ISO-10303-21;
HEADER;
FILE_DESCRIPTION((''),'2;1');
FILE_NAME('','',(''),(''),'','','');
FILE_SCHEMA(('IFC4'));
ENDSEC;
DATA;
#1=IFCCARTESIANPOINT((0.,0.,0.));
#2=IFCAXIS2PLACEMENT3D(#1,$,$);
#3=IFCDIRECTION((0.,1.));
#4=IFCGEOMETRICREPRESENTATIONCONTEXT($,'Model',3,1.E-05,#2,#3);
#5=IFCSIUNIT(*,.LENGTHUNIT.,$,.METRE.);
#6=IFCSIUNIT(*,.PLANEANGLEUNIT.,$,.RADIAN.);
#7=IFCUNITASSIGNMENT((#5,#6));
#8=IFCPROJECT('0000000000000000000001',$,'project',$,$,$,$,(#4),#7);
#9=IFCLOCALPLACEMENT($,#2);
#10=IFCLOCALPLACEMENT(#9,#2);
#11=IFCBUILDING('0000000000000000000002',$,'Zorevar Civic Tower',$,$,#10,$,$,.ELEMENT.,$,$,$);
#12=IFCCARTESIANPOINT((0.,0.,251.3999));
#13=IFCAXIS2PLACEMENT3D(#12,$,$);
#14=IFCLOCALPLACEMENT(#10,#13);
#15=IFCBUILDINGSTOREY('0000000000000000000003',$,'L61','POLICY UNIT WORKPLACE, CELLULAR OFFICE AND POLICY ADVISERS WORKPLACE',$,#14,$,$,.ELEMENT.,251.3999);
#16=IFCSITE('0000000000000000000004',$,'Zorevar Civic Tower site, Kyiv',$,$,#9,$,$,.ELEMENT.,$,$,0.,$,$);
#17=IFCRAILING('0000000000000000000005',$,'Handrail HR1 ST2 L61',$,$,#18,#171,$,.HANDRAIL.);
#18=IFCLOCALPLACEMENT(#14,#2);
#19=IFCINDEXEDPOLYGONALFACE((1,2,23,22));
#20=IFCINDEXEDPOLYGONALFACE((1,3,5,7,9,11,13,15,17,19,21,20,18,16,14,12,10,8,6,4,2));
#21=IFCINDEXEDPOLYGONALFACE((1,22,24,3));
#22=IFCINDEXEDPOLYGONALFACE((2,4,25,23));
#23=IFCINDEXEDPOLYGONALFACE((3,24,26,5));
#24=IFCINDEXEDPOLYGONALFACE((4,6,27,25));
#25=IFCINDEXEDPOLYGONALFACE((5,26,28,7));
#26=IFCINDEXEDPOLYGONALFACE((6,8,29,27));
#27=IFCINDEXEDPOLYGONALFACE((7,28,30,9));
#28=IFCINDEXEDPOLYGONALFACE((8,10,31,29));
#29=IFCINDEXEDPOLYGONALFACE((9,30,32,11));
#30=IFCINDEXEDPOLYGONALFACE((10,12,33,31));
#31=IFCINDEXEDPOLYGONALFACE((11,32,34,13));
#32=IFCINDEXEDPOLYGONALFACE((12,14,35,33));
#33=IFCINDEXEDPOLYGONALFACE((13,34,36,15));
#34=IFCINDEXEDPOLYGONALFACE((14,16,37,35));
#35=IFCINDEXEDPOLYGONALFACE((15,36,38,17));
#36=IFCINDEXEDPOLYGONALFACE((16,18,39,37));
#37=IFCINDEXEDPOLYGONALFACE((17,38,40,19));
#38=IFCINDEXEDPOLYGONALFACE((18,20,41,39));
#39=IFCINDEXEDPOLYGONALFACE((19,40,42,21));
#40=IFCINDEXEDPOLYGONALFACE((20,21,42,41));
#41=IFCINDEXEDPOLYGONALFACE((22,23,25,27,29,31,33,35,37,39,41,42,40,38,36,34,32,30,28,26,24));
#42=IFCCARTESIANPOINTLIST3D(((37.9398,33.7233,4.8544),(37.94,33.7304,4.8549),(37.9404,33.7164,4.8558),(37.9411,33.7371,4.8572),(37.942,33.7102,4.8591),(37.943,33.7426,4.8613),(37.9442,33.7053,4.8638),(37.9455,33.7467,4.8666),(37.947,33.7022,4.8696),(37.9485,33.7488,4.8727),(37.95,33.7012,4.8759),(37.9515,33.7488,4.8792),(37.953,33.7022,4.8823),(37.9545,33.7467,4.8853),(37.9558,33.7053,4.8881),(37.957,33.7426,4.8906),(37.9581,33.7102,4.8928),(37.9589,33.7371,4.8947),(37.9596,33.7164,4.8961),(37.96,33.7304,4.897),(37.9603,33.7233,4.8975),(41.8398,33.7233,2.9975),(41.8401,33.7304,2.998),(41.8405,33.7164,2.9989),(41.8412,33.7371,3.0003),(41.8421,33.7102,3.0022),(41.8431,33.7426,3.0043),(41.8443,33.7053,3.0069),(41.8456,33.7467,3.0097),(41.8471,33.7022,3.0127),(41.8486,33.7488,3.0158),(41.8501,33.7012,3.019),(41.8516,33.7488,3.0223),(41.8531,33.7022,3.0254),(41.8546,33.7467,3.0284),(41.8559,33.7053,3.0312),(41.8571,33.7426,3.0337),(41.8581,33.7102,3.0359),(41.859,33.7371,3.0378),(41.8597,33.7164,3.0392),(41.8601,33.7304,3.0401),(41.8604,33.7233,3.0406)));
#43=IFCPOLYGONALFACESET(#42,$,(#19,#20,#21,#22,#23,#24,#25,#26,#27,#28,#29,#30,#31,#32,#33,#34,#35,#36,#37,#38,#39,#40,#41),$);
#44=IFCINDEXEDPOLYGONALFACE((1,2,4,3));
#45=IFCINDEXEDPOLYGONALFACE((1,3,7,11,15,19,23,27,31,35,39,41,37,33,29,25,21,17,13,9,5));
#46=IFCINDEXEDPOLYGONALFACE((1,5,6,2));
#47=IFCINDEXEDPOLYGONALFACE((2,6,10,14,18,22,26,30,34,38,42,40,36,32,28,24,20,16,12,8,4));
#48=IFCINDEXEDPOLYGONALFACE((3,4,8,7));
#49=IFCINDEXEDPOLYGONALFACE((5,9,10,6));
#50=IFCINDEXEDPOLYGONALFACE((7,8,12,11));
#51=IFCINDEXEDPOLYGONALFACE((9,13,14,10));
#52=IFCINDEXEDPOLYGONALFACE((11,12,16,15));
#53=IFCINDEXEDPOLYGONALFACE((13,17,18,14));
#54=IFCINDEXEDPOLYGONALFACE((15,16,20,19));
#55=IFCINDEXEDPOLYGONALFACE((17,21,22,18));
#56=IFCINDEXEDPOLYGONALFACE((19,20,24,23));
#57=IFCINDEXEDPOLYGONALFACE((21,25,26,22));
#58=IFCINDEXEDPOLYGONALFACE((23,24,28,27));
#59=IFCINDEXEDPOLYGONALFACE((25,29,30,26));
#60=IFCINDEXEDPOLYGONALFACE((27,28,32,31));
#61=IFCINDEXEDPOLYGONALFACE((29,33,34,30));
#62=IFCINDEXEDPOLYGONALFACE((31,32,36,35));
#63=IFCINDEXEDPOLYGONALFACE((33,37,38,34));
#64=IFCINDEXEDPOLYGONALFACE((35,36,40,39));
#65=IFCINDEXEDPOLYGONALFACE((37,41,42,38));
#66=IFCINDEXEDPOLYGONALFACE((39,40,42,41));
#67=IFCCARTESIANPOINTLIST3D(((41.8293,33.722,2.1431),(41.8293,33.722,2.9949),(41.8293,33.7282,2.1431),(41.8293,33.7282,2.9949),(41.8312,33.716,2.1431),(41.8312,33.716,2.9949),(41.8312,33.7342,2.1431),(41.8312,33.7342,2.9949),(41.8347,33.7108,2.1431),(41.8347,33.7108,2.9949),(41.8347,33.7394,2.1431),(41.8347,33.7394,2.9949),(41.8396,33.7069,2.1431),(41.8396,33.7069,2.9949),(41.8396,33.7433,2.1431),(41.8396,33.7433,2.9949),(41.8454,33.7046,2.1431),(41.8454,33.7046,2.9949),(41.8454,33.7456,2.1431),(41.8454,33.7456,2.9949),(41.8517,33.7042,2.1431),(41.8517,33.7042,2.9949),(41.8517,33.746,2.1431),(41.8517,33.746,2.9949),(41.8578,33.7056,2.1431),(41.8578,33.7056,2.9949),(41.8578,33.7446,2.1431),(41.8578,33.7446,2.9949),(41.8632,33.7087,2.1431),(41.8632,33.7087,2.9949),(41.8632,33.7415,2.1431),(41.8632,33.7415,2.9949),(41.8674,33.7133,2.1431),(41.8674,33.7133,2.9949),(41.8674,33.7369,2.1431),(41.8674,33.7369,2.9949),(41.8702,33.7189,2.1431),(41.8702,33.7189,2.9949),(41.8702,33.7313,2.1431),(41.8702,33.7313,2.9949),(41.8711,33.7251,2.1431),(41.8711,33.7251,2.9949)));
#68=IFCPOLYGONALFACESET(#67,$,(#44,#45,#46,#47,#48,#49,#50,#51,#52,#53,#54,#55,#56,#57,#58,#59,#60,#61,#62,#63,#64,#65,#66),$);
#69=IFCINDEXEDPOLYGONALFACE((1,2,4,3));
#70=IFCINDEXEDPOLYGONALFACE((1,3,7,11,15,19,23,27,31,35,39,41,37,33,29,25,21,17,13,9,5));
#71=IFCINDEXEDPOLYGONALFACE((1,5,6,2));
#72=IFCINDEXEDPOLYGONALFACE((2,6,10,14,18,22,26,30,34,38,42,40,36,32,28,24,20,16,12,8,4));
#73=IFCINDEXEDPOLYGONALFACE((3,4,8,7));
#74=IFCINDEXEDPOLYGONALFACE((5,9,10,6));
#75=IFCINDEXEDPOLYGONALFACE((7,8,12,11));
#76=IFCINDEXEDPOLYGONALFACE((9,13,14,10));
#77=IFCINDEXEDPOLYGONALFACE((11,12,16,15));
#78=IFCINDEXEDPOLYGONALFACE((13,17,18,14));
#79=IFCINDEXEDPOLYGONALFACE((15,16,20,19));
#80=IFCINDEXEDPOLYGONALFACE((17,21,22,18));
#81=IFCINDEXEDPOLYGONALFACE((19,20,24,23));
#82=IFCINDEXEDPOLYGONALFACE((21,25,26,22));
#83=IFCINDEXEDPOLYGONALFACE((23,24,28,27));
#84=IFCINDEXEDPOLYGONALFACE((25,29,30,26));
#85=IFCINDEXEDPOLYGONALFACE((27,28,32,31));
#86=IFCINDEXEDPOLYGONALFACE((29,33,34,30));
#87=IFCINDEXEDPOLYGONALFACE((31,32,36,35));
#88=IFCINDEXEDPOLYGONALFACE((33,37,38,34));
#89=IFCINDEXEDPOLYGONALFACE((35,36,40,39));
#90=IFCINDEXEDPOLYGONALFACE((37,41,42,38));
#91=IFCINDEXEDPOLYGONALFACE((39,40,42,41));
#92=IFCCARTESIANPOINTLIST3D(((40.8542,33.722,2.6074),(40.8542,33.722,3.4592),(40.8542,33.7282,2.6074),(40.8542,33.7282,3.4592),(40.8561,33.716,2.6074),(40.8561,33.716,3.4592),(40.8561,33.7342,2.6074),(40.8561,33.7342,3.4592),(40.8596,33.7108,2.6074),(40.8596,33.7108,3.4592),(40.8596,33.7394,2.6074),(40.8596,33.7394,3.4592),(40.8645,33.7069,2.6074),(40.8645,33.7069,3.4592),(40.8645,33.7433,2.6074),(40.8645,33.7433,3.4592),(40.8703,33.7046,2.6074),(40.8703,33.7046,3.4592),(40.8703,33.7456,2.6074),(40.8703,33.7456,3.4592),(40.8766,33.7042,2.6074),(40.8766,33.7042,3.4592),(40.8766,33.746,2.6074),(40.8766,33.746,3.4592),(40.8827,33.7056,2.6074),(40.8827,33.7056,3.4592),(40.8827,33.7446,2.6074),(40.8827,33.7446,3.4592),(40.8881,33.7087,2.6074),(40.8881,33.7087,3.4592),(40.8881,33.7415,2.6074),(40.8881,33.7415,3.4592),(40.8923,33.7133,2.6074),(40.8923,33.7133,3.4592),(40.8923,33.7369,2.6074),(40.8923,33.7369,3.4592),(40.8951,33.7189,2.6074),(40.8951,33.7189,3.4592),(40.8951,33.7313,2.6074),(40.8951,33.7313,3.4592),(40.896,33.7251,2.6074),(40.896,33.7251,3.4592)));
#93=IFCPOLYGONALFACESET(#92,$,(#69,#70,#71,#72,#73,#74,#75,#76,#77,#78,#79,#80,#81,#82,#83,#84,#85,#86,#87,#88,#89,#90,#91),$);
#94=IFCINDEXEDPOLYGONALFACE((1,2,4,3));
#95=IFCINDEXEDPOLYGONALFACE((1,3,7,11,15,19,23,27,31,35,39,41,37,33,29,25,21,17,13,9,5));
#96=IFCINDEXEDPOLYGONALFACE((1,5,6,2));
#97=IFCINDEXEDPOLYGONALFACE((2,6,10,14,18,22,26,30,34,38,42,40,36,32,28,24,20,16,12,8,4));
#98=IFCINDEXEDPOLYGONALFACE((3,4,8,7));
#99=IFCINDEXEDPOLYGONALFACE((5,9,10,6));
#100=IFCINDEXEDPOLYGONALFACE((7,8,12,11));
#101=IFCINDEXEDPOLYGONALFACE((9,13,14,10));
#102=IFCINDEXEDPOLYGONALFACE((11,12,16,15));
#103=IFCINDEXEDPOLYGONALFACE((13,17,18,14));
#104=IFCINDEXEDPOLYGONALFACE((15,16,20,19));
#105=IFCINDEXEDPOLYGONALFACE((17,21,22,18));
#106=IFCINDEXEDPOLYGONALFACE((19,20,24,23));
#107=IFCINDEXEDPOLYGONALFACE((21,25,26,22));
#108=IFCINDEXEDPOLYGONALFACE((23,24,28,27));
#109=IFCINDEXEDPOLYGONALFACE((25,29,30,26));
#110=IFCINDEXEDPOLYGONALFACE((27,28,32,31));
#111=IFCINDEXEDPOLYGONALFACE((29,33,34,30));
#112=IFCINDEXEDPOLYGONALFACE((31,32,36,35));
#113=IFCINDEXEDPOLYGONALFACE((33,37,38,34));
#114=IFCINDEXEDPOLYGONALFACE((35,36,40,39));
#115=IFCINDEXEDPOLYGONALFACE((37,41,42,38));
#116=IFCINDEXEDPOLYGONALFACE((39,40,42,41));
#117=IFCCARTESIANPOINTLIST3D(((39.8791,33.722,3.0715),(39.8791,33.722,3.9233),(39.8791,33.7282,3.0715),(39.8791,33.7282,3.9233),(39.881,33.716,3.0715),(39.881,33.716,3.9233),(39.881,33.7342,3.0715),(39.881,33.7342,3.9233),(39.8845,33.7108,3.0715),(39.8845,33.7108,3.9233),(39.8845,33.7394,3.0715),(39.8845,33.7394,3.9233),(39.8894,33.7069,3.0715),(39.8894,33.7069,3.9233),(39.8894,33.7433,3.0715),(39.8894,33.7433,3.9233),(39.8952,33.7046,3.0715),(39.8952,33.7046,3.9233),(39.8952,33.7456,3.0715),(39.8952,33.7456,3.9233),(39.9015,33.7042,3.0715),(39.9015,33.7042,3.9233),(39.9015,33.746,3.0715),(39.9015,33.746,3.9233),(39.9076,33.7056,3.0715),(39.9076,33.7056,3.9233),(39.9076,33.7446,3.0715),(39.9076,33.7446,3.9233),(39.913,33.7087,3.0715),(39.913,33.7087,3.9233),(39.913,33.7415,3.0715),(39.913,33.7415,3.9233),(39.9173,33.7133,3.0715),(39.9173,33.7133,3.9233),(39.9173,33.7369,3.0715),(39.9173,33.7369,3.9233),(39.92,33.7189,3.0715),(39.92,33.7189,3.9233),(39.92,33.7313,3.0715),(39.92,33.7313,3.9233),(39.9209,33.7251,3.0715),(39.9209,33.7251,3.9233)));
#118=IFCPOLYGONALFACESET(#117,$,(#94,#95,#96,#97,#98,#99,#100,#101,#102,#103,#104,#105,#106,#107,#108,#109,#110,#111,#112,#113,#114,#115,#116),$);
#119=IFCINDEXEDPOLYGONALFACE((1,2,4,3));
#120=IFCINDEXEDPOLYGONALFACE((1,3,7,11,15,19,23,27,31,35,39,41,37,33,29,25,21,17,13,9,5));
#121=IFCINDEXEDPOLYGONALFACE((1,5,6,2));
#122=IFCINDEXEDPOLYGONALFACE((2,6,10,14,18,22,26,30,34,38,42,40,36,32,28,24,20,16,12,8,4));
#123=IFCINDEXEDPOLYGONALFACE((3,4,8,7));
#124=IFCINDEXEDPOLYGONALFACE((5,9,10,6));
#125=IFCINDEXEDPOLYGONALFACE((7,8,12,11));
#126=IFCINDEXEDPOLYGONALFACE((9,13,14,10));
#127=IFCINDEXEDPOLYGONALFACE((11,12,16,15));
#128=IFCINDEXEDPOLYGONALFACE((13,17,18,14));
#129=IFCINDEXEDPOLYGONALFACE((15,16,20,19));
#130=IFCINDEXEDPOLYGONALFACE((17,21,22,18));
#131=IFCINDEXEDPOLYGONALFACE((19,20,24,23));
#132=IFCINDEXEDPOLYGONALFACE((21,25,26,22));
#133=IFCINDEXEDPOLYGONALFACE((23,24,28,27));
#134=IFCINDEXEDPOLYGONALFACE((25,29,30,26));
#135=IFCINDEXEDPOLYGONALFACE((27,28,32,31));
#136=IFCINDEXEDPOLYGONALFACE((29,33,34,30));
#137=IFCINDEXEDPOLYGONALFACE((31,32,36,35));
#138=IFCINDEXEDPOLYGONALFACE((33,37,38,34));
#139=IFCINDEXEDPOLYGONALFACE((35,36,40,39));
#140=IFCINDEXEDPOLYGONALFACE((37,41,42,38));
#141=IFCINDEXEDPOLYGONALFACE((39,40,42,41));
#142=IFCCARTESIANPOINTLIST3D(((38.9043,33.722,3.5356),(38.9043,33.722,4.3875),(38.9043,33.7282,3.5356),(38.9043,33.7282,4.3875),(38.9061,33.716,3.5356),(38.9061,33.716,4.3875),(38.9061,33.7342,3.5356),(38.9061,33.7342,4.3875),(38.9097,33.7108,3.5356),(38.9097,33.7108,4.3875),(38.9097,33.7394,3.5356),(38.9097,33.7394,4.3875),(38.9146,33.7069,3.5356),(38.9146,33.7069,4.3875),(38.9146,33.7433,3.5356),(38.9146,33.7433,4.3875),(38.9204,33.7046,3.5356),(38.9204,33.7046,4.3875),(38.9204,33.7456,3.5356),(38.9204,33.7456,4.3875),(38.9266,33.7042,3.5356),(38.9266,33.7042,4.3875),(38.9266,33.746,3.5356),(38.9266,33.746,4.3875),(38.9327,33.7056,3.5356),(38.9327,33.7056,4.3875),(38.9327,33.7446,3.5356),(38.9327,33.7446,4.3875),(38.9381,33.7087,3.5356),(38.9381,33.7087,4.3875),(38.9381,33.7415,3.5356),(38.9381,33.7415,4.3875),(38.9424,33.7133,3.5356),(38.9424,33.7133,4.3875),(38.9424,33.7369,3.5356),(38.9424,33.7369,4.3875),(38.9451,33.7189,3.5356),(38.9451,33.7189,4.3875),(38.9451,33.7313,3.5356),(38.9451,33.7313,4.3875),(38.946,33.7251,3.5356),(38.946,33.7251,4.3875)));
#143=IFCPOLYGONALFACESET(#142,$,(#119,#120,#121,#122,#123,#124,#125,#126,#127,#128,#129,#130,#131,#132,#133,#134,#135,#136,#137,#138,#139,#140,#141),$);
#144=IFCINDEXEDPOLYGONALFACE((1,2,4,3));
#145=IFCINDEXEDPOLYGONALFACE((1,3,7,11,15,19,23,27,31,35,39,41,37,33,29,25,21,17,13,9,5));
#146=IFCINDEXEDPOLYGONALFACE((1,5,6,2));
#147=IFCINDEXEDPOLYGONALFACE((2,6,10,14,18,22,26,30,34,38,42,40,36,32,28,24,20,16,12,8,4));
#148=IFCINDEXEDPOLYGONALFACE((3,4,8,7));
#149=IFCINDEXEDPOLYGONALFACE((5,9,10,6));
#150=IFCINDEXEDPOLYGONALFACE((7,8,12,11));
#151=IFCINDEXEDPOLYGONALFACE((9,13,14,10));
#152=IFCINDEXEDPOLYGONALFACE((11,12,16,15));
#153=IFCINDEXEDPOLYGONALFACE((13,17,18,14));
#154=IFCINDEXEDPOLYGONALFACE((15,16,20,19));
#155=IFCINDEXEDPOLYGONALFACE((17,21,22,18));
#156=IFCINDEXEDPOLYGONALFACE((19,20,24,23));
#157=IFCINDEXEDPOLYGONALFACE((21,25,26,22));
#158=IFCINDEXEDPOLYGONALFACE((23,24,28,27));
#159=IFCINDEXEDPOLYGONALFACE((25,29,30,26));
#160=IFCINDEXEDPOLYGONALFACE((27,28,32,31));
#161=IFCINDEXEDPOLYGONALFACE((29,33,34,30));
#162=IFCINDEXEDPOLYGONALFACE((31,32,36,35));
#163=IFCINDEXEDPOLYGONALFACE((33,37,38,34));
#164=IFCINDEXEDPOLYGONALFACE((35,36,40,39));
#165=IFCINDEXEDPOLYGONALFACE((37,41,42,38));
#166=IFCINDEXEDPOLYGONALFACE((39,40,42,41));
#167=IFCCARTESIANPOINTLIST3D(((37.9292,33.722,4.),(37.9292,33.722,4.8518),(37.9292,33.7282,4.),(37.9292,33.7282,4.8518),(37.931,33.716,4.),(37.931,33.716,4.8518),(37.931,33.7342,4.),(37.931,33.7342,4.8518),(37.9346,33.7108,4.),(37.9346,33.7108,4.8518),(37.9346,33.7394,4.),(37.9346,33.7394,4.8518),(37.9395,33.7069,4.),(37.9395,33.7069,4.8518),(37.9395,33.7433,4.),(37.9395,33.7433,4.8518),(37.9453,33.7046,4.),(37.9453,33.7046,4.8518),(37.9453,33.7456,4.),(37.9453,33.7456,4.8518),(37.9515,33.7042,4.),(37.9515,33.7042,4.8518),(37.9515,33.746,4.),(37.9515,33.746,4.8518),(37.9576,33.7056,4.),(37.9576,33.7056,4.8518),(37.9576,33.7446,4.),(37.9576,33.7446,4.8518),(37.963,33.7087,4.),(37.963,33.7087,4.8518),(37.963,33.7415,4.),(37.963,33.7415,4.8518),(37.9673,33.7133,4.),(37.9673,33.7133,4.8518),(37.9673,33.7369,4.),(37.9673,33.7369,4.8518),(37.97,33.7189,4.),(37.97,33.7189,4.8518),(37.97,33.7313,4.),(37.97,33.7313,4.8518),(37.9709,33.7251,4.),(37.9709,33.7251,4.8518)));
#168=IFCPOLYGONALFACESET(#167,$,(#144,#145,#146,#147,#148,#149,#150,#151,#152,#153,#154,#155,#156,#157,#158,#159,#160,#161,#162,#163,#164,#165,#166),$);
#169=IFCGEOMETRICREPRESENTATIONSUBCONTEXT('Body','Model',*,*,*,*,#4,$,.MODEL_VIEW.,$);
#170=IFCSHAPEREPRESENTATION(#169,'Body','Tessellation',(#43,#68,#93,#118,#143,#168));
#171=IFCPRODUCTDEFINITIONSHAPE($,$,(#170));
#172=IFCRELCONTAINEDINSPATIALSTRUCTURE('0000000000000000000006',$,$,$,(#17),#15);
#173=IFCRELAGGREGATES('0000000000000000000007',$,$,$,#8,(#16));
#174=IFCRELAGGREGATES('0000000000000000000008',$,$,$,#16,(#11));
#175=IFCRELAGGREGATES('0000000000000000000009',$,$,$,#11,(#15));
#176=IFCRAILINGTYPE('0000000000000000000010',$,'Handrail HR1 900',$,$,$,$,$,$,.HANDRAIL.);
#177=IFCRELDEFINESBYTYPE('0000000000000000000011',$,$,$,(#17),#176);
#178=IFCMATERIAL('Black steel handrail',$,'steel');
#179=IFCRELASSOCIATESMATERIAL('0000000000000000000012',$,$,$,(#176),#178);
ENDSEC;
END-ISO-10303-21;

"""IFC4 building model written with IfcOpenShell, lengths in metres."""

from ifc_helpers import new_model, si_unit, direction, frame, origin, origin_2d, place, context, subcontext, project, spatial, circle, extrude, material, type_object, element, save


model = new_model("IFC4")

# Units and contexts
model_context = context("Model", 3, precision=1e-05, world=origin(), true_north=direction((0.0, 1.0)))
body_context = subcontext(model_context, "Body", "Model", "MODEL_VIEW")
ifc_project = project(units=[si_unit("LENGTHUNIT", "METRE"), si_unit("PLANEANGLEUNIT", "RADIAN")], contexts=[model_context])

# Site, building, storey
site_placement = place(None, origin())
site = spatial("IfcSite", under=ifc_project, at=site_placement, Name="Zorevar Civic Tower site, Kyiv", CompositionType="ELEMENT", RefElevation=0.0)
building_placement = place(site_placement, origin())
building = spatial("IfcBuilding", under=site, at=building_placement, Name="Zorevar Civic Tower", CompositionType="ELEMENT")
storey_placement = place(building_placement, frame((0.0, 0.0, 251.3999)))
storey = spatial("IfcBuildingStorey", under=building, at=storey_placement, Name="L61", Description="POLICY UNIT WORKPLACE, CELLULAR OFFICE AND POLICY ADVISERS WORKPLACE", CompositionType="ELEMENT", Elevation=251.3999)

# Railing
ifc_material_1 = material(Name="Black steel handrail", Category="steel")
railing_type = type_object("IfcRailingType", Name="Handrail HR1 900", PredefinedType="HANDRAIL", material=ifc_material_1)
railing_1_placement = place(storey_placement, frame((41.8501, 33.7251, 2.1431)))
element("IfcRailing", 1, at=railing_1_placement, inside=storey, type_object=railing_type, Name="Handrail HR1 ST2 L61", PredefinedType="HANDRAIL", context=body_context, shape_type="SweptSolid", body=[
    extrude(circle(Radius=0.0239, at=origin_2d()), frame((0.0, 0.0, 0.876), z_axis=(-0.902886, 0.0, 0.429881), x_axis=(0.0, -1.0, 0.0)), (0.0, 0.0, 1.0), 4.3196),
    extrude(circle(Radius=0.021, at=origin_2d()), origin(), (0.0, 0.0, 1.0), 0.8518),
    extrude(circle(Radius=0.021, at=origin_2d()), frame((-0.9751, 0.0, 0.4644)), (0.0, 0.0, 1.0), 0.8518),
    extrude(circle(Radius=0.021, at=origin_2d()), frame((-1.9502, 0.0, 0.9285)), (0.0, 0.0, 1.0), 0.8518),
    extrude(circle(Radius=0.021, at=origin_2d()), frame((-2.925, 0.0, 1.3926)), (0.0, 0.0, 1.0), 0.8518),
    extrude(circle(Radius=0.021, at=origin_2d()), frame((-3.9001, 0.0, 1.8569)), (0.0, 0.0, 1.0), 0.8518),
])

save(model, "model.ifc")
